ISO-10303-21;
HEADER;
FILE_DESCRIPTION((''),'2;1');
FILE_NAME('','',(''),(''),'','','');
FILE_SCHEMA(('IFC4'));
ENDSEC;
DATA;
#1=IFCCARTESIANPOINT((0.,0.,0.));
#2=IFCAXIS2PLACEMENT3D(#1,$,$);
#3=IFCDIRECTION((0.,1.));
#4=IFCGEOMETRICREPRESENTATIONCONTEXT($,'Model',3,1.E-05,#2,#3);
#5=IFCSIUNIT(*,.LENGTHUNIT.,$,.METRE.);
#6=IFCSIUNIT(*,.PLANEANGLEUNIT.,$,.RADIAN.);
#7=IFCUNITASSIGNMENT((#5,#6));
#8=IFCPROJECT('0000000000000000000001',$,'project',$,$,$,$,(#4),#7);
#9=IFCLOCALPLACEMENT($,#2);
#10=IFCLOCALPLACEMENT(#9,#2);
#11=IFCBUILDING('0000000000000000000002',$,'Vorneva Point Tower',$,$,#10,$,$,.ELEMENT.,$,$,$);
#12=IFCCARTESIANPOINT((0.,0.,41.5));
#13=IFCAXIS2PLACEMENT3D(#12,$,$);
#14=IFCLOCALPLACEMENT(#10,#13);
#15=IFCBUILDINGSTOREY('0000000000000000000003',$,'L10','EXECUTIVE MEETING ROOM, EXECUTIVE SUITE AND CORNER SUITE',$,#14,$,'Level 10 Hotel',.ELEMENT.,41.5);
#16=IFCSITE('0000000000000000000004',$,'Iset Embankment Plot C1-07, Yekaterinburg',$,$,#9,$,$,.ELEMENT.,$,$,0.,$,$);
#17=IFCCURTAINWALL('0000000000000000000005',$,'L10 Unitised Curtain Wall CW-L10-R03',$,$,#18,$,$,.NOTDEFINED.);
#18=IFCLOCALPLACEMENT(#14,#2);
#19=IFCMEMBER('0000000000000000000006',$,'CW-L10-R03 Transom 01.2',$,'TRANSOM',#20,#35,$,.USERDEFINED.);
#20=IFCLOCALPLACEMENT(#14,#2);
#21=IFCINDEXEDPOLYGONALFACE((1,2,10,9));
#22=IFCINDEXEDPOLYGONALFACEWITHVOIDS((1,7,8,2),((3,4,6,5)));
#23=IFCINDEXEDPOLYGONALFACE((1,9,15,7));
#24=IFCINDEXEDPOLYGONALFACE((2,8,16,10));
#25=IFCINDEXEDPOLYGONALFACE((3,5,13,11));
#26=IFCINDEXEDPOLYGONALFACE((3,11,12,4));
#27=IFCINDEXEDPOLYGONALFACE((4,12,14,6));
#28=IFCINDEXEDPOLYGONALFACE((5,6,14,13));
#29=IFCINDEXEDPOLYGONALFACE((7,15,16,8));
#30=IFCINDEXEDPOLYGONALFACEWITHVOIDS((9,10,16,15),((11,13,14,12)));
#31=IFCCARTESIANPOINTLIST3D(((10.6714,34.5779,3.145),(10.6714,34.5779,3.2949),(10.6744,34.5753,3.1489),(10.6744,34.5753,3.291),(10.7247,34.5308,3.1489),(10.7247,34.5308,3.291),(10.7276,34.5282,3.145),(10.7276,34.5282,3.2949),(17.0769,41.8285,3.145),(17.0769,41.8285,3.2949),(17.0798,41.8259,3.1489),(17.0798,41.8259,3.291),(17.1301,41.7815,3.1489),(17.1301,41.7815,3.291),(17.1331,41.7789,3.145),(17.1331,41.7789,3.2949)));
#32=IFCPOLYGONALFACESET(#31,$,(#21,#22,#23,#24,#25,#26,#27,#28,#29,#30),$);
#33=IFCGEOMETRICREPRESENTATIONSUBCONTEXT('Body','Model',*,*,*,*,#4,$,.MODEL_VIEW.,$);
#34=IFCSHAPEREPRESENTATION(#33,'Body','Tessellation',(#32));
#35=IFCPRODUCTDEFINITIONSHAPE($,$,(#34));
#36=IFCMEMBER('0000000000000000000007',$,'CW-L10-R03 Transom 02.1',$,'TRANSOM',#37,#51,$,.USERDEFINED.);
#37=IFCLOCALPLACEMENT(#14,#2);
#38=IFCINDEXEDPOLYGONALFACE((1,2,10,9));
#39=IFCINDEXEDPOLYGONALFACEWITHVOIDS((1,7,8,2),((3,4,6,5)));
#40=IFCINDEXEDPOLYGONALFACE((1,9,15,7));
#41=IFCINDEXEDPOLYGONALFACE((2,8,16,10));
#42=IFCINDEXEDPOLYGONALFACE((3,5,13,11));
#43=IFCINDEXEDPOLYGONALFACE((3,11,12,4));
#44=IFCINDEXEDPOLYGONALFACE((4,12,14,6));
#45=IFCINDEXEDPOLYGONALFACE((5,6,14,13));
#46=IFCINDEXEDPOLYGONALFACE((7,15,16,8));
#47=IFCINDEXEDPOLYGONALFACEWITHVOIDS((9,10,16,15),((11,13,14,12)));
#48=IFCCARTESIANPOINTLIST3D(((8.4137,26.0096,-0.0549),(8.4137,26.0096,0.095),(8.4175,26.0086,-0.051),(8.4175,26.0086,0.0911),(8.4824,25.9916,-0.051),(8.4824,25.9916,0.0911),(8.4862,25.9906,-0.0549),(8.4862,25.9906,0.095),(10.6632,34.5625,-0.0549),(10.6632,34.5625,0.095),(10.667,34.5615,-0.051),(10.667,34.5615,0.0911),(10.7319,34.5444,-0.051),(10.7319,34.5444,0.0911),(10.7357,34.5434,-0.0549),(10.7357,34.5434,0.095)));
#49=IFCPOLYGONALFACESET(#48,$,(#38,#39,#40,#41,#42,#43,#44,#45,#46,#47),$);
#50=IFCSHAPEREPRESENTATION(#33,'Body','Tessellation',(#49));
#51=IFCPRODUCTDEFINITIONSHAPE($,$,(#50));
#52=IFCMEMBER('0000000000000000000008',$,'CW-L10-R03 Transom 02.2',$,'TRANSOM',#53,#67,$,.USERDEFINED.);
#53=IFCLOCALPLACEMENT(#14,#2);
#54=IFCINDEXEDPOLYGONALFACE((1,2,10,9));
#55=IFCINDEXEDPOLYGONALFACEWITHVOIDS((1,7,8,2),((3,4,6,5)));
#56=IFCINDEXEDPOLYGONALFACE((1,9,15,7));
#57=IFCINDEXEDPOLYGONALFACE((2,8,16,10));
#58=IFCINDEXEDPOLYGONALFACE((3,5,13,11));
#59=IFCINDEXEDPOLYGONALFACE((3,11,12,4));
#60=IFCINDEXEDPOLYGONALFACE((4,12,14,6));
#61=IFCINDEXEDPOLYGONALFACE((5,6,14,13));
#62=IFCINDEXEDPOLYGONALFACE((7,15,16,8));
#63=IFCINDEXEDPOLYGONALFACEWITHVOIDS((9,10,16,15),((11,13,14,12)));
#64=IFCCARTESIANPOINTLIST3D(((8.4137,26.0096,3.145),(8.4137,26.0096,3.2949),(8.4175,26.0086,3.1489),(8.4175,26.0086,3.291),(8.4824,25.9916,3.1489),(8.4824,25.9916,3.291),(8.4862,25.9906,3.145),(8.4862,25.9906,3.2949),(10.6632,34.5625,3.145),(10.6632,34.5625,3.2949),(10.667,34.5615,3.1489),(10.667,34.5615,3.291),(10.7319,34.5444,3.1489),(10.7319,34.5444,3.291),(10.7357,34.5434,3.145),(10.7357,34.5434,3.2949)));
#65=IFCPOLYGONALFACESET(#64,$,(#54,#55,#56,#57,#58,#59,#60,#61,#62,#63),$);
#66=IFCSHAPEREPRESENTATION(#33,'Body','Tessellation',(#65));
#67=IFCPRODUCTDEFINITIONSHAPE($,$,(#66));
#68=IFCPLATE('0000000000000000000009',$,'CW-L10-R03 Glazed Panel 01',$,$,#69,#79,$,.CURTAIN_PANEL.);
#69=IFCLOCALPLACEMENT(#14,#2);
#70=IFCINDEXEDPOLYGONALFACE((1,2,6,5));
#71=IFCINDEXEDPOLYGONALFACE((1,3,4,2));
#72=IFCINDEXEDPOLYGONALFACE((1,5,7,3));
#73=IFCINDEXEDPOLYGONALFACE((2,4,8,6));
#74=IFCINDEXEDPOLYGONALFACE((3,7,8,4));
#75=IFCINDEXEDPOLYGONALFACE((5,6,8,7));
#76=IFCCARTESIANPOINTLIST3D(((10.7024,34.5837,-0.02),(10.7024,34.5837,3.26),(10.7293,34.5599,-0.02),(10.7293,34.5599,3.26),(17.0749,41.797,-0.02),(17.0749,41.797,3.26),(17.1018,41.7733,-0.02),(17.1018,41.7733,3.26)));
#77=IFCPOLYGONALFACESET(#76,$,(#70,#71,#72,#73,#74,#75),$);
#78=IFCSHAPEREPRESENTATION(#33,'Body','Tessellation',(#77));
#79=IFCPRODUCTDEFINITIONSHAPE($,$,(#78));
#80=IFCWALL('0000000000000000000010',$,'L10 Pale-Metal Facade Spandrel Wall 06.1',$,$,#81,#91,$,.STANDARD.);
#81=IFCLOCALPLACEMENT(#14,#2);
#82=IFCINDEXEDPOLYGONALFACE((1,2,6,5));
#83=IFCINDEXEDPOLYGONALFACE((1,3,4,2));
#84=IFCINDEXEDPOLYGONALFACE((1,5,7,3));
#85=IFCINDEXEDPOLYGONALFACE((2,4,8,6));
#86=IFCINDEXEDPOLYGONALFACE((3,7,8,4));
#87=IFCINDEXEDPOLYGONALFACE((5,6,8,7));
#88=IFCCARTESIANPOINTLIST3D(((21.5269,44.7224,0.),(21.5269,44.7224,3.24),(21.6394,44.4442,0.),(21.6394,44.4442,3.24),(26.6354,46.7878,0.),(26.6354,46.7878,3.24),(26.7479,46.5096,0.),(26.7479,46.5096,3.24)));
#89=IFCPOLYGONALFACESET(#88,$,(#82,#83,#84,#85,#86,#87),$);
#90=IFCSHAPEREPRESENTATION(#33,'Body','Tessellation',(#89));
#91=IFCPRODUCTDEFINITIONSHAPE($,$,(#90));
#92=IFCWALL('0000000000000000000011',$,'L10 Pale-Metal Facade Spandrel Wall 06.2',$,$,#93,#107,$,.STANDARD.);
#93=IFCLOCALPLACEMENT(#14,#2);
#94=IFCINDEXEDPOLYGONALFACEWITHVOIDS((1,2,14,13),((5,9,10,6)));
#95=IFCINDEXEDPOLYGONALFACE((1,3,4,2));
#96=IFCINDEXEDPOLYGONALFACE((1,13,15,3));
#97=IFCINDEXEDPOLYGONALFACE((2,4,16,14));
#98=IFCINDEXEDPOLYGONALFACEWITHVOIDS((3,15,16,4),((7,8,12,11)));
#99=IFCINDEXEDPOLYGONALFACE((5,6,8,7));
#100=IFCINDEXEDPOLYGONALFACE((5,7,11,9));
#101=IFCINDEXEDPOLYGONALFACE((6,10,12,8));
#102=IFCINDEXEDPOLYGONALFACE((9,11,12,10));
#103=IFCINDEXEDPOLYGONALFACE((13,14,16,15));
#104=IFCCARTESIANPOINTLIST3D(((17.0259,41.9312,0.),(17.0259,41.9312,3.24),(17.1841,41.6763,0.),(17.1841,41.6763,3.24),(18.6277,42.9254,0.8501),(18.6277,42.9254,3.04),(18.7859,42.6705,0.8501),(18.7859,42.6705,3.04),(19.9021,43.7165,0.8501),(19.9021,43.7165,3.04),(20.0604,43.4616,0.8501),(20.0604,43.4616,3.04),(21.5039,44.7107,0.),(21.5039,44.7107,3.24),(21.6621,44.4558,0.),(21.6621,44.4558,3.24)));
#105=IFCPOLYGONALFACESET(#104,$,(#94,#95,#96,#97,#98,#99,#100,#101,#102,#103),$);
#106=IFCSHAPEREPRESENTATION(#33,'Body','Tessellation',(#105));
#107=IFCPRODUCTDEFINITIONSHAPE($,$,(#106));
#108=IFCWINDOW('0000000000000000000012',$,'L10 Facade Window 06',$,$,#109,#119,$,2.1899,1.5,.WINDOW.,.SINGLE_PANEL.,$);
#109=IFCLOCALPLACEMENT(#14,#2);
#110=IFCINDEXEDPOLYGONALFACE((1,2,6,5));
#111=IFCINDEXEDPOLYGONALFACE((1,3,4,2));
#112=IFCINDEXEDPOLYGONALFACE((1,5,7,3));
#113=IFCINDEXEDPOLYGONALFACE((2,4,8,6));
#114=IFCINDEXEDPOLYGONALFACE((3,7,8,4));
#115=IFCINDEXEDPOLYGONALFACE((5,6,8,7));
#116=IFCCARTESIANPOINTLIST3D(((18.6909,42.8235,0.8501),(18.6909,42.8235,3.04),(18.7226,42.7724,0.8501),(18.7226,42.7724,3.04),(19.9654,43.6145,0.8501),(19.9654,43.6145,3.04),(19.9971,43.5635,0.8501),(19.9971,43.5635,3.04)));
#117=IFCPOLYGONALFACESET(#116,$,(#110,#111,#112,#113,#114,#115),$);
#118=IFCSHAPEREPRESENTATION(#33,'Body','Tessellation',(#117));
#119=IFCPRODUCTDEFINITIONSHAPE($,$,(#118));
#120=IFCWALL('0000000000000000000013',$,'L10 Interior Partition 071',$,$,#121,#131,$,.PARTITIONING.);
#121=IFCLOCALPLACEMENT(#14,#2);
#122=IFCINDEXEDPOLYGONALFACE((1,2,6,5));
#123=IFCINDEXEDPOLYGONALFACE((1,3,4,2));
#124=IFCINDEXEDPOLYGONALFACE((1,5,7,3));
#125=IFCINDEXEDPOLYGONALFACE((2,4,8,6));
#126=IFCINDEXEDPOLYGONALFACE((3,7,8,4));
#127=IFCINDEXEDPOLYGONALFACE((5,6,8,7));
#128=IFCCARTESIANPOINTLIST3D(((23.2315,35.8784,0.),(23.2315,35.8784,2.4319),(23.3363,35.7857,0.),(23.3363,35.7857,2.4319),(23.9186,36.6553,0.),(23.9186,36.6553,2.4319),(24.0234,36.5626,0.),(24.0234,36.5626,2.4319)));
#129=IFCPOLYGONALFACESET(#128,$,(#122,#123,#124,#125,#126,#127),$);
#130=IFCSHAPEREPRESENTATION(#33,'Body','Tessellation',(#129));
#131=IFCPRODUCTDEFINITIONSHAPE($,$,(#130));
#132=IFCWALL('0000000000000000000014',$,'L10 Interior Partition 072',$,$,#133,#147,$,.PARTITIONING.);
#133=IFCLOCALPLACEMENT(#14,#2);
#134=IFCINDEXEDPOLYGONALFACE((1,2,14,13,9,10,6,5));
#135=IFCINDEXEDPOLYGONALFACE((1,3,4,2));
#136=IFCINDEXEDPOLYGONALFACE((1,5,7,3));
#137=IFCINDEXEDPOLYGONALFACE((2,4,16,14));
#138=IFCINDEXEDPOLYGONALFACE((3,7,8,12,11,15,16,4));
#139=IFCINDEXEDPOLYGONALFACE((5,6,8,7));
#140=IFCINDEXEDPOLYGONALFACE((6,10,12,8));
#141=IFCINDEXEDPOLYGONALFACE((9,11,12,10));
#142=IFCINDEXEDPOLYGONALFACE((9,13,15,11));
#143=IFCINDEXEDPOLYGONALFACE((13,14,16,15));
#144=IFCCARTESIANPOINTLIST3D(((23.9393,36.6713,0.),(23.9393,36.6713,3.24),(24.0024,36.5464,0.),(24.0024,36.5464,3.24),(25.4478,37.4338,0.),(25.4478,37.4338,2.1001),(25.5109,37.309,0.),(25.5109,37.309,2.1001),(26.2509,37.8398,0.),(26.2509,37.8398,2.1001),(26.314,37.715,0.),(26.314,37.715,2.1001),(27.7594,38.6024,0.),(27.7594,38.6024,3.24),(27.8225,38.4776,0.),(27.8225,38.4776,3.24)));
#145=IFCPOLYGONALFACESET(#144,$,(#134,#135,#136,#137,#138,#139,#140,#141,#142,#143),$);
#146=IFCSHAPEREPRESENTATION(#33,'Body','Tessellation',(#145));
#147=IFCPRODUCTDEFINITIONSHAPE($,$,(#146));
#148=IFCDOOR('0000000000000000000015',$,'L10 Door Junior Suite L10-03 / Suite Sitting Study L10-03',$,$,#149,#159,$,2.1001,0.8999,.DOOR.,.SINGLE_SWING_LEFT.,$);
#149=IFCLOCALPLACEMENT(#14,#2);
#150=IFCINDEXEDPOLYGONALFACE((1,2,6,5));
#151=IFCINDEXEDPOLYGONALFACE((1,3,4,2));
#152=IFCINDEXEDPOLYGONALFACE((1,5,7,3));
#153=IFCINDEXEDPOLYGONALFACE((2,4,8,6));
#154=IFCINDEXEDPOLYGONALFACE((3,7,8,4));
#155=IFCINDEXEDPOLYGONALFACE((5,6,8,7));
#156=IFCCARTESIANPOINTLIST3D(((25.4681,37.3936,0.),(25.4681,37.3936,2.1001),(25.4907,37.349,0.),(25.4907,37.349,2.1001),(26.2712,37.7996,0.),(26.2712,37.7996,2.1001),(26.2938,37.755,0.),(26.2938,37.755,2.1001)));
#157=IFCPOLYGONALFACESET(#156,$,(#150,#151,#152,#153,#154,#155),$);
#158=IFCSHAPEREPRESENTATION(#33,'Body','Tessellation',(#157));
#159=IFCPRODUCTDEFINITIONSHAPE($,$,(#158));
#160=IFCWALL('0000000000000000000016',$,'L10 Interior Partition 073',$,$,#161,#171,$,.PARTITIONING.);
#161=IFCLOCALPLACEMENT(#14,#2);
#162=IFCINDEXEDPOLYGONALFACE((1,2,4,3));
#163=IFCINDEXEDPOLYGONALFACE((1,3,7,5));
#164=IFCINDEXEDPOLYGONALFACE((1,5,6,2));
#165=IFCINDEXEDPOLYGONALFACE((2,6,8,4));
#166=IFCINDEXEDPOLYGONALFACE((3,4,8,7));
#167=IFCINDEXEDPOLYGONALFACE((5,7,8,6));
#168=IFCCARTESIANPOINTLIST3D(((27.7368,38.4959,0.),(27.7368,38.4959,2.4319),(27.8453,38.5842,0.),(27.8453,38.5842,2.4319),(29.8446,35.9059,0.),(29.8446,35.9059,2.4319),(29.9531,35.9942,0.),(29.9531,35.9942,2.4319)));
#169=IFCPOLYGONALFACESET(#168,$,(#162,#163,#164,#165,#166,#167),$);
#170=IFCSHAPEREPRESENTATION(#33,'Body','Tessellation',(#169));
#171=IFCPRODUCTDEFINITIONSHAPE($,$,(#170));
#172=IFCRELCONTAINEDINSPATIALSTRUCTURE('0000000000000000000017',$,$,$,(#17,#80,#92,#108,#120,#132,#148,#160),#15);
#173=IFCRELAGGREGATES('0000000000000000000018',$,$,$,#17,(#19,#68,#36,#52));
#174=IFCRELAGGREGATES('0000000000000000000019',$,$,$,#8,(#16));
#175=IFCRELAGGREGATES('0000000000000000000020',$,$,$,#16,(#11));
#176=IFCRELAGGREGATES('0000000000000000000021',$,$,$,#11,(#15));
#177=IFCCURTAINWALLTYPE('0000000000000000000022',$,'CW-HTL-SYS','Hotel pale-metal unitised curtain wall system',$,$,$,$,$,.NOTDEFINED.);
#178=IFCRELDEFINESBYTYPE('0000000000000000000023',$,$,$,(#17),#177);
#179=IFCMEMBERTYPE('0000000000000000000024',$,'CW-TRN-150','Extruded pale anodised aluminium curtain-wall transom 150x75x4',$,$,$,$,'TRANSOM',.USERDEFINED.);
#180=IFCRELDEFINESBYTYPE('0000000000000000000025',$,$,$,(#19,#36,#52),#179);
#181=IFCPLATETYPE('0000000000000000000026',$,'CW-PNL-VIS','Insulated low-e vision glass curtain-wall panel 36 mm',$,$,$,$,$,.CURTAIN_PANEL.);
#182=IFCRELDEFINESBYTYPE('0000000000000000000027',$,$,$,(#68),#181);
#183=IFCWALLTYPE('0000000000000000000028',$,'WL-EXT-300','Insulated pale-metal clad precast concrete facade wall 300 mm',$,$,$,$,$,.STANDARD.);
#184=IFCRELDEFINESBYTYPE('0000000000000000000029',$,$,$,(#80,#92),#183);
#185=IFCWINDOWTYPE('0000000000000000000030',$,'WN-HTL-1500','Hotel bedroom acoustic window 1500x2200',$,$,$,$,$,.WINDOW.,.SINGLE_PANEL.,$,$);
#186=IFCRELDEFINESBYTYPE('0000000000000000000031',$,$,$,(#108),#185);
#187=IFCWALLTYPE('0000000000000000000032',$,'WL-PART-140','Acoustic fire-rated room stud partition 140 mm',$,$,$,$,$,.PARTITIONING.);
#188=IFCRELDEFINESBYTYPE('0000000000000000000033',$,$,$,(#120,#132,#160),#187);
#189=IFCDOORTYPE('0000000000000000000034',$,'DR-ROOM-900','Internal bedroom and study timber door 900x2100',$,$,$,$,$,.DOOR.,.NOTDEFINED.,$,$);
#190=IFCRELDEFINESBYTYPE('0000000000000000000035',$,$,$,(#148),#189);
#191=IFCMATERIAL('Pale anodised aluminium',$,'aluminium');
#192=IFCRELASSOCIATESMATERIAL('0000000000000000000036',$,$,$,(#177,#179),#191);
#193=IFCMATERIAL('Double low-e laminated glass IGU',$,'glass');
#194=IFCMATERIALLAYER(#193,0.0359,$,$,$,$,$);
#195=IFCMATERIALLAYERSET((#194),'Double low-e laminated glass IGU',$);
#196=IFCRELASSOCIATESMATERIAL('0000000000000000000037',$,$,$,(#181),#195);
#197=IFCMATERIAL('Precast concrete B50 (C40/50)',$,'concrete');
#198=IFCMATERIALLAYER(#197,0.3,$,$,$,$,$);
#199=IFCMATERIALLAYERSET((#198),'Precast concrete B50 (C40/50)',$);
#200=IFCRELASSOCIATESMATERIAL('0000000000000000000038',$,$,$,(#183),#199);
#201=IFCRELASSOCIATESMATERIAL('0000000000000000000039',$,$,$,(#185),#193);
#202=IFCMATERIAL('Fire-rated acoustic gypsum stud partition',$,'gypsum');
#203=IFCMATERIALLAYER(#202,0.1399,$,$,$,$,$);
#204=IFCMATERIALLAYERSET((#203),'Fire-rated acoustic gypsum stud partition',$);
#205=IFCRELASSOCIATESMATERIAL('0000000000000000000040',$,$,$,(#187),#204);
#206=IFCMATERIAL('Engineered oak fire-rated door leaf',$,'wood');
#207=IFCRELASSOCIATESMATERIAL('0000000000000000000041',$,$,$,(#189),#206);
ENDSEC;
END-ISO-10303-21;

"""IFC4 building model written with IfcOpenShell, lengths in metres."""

from ifc_helpers import new_model, si_unit, direction, frame, frame_2d, origin, origin_2d, place, context, subcontext, project, spatial, rectangle, hollow_rectangle, extrude, material, layer, layer_set, material_profile, profile_set, type_object, element, fill, aggregate, save


model = new_model("IFC4")

# Units and contexts
model_context = context("Model", 3, precision=1e-05, world=origin(), true_north=direction((0.0, 1.0)))
body_context = subcontext(model_context, "Body", "Model", "MODEL_VIEW")
ifc_project = project(units=[si_unit("LENGTHUNIT", "METRE"), si_unit("PLANEANGLEUNIT", "RADIAN")], contexts=[model_context])

# Site, building, storey
site_placement = place(None, origin())
site = spatial("IfcSite", under=ifc_project, at=site_placement, Name="Iset Embankment Plot C1-07, Yekaterinburg", CompositionType="ELEMENT", RefElevation=0.0)
building_placement = place(site_placement, origin())
building = spatial("IfcBuilding", under=site, at=building_placement, Name="Vorneva Point Tower", CompositionType="ELEMENT")
storey_placement = place(building_placement, frame((0.0, 0.0, 41.5)))
storey = spatial("IfcBuildingStorey", under=building, at=storey_placement, Name="L10", Description="EXECUTIVE MEETING ROOM, EXECUTIVE SUITE AND CORNER SUITE", LongName="Level 10 Hotel", CompositionType="ELEMENT", Elevation=41.5)

# Shared definitions
ifc_material_1 = material(Name="Pale anodised aluminium", Category="aluminium")
curtain_wall_type = type_object("IfcCurtainWallType", Name="CW-HTL-SYS", Description="Hotel pale-metal unitised curtain wall system", PredefinedType="NOTDEFINED", material=ifc_material_1)

# Curtain wall, members, plate
curtain_wall_1_placement = place(storey_placement, origin())
curtain_wall_1 = element("IfcCurtainWall", 1, at=curtain_wall_1_placement, inside=storey, type_object=curtain_wall_type, Name="L10 Unitised Curtain Wall CW-L10-R03", PredefinedType="NOTDEFINED")
ifc_material_profile_1 = material_profile(ifc_material_1, hollow_rectangle(XDim=0.075, YDim=0.1499, WallThickness=0.0039, at=origin_2d()), Name="AL-TRN 150x75x4")
ifc_profile_set_1 = profile_set([ifc_material_profile_1], Name="Pale anodised aluminium")
member_type_1 = type_object("IfcMemberType", Name="CW-TRN-150", Description="Extruded pale anodised aluminium curtain-wall transom 150x75x4", ElementType="TRANSOM", PredefinedType="USERDEFINED", material=ifc_profile_set_1)
member_1_placement = place(storey_placement, frame((17.105, 41.8037, 3.22), z_axis=(-0.662076, -0.749437, 0.0), x_axis=(0.749437, -0.662076, 0.0)))
member_1 = element("IfcMember", 2, at=member_1_placement, type_object=member_type_1, Name="CW-L10-R03 Transom 01.2", ObjectType="TRANSOM", PredefinedType="USERDEFINED", context=body_context, shape_type="SweptSolid", body=[
    extrude(hollow_rectangle(XDim=0.075, YDim=0.1499, WallThickness=0.0039, at=origin_2d()), origin(), (0.0, 0.0, 1.0), 9.6748),
])
member_2_placement = place(storey_placement, frame((10.6995, 34.553, 0.02), z_axis=(-0.254359, -0.96711, 0.0), x_axis=(0.96711, -0.254359, 0.0)))
member_2 = element("IfcMember", 3, at=member_2_placement, type_object=member_type_1, Name="CW-L10-R03 Transom 02.1", ObjectType="TRANSOM", PredefinedType="USERDEFINED", context=body_context, shape_type="SweptSolid", body=[
    extrude(hollow_rectangle(XDim=0.075, YDim=0.1499, WallThickness=0.0039, at=origin_2d()), origin(), (0.0, 0.0, 1.0), 8.8438),
])
member_3_placement = place(storey_placement, frame((10.6995, 34.553, 3.22), z_axis=(-0.254359, -0.96711, 0.0), x_axis=(0.96711, -0.254359, 0.0)))
member_3 = element("IfcMember", 4, at=member_3_placement, type_object=member_type_1, Name="CW-L10-R03 Transom 02.2", ObjectType="TRANSOM", PredefinedType="USERDEFINED", context=body_context, shape_type="SweptSolid", body=[
    extrude(hollow_rectangle(XDim=0.075, YDim=0.1499, WallThickness=0.0039, at=origin_2d()), origin(), (0.0, 0.0, 1.0), 8.8438),
])
ifc_material_2 = material(Name="Double low-e laminated glass IGU", Category="glass")
ifc_layer_1 = layer(ifc_material_2, 0.0359)
ifc_layer_set_1 = layer_set([ifc_layer_1], Name="Double low-e laminated glass IGU")
plate_type = type_object("IfcPlateType", Name="CW-PNL-VIS", Description="Insulated low-e vision glass curtain-wall panel 36 mm", PredefinedType="CURTAIN_PANEL", material=ifc_layer_set_1)
plate_placement = place(storey_placement, frame((13.9021, 38.1785, -0.02), z_axis=(0.0, 0.0, 1.0), x_axis=(-0.662071, -0.749441, 0.0)))
plate = element("IfcPlate", 5, at=plate_placement, type_object=plate_type, Name="CW-L10-R03 Glazed Panel 01", PredefinedType="CURTAIN_PANEL", context=body_context, shape_type="SweptSolid", body=[
    extrude(rectangle(XDim=9.625, YDim=0.0359, at=origin_2d()), origin(), (0.0, 0.0, 1.0), 3.28),
])
aggregate(curtain_wall_1, [member_1, plate, member_2, member_3])

# Wall
ifc_material_3 = material(Name="Precast concrete B50 (C40/50)", Category="concrete")
ifc_layer_2 = layer(ifc_material_3, 0.3)
ifc_layer_set_2 = layer_set([ifc_layer_2], Name="Precast concrete B50 (C40/50)")
wall_type_1 = type_object("IfcWallType", Name="WL-EXT-300", Description="Insulated pale-metal clad precast concrete facade wall 300 mm", PredefinedType="STANDARD", material=ifc_layer_set_2)
wall_1_placement = place(storey_placement, frame((26.6917, 46.6487, 0.0), z_axis=(0.0, 0.0, 1.0), x_axis=(-0.927095, -0.374826, 0.0)))
element("IfcWall", 6, at=wall_1_placement, inside=storey, type_object=wall_type_1, Name="L10 Pale-Metal Facade Spandrel Wall 06.1", PredefinedType="STANDARD", context=body_context, shape_type="SweptSolid", body=[
    extrude(rectangle(XDim=5.5103, YDim=0.3, at=frame_2d((2.7551, 0.0))), origin(), (0.0, 0.0, 1.0), 3.24),
])

# Wall, opening, window
wall_2_placement = place(storey_placement, frame((21.583, 44.5833, 0.0), z_axis=(0.0, 0.0, 1.0), x_axis=(-0.849634, -0.527373, 0.0)))
wall_2 = element("IfcWall", 7, at=wall_2_placement, inside=storey, type_object=wall_type_1, Name="L10 Pale-Metal Facade Spandrel Wall 06.2", PredefinedType="STANDARD", context=body_context, shape_type="SweptSolid", body=[
    extrude(rectangle(XDim=5.2705, YDim=0.3, at=frame_2d((2.6353, 0.0))), origin(), (0.0, 0.0, 1.0), 3.24),
])
opening_1_placement = place(wall_2_placement, frame((1.8853, 0.0, 0.8501)))
opening_1 = element("IfcOpeningElement", 8, at=opening_1_placement, cuts=wall_2, PredefinedType="OPENING", context=body_context, shape_type="SweptSolid", body=[
    extrude(rectangle(XDim=1.5, YDim=2.1899, at=frame_2d((0.75, 1.095))), frame((0.0, 0.165, 0.0), z_axis=(0.0, -1.0, 0.0), x_axis=(1.0, 0.0, 0.0)), (0.0, 0.0, 1.0), 0.3298),
])
window_type = type_object("IfcWindowType", Name="WN-HTL-1500", Description="Hotel bedroom acoustic window 1500x2200", PartitioningType="SINGLE_PANEL", PredefinedType="WINDOW", material=ifc_material_2)
window_placement = place(opening_1_placement, origin())
window = element("IfcWindow", 9, at=window_placement, inside=storey, type_object=window_type, Name="L10 Facade Window 06", OverallHeight=2.1899, OverallWidth=1.5, PartitioningType="SINGLE_PANEL", PredefinedType="WINDOW", context=body_context, shape_type="SweptSolid", body=[
    extrude(rectangle(XDim=1.5, YDim=2.1899, at=frame_2d((0.75, 1.095))), frame((0.0, 0.03, 0.0), z_axis=(0.0, -1.0, 0.0), x_axis=(1.0, 0.0, 0.0)), (0.0, 0.0, 1.0), 0.0601),
])
fill(opening_1, window)

# Wall
ifc_material_4 = material(Name="Fire-rated acoustic gypsum stud partition", Category="gypsum")
ifc_layer_3 = layer(ifc_material_4, 0.1399)
ifc_layer_set_3 = layer_set([ifc_layer_3], Name="Fire-rated acoustic gypsum stud partition")
wall_type_2 = type_object("IfcWallType", Name="WL-PART-140", Description="Acoustic fire-rated room stud partition 140 mm", PredefinedType="PARTITIONING", material=ifc_layer_set_3)
wall_3_placement = place(storey_placement, frame((23.2839, 35.832, 0.0), z_axis=(0.0, 0.0, 1.0), x_axis=(0.662462, 0.749095, 0.0)))
element("IfcWall", 10, at=wall_3_placement, inside=storey, type_object=wall_type_2, Name="L10 Interior Partition 071", PredefinedType="PARTITIONING", context=body_context, shape_type="SweptSolid", body=[
    extrude(rectangle(XDim=1.0371, YDim=0.1399, at=frame_2d((0.5186, 0.0))), origin(), (0.0, 0.0, 1.0), 2.4319),
])

# Wall, opening, door
wall_4_placement = place(storey_placement, frame((23.9709, 36.6089, 0.0), z_axis=(0.0, 0.0, 1.0), x_axis=(0.892445, 0.451156, 0.0)))
wall_4 = element("IfcWall", 11, at=wall_4_placement, inside=storey, type_object=wall_type_2, Name="L10 Interior Partition 072", PredefinedType="PARTITIONING", context=body_context, shape_type="SweptSolid", body=[
    extrude(rectangle(XDim=4.2805, YDim=0.1399, at=frame_2d((2.1401, 0.0))), origin(), (0.0, 0.0, 1.0), 3.24),
])
opening_2_placement = place(wall_4_placement, frame((1.6902, 0.0, 0.0)))
opening_2 = element("IfcOpeningElement", 12, at=opening_2_placement, cuts=wall_4, PredefinedType="OPENING", context=body_context, shape_type="SweptSolid", body=[
    extrude(rectangle(XDim=0.8999, YDim=2.1001, at=frame_2d((0.45, 1.05))), frame((0.0, 0.085, 0.0), z_axis=(0.0, -1.0, 0.0), x_axis=(1.0, 0.0, 0.0)), (0.0, 0.0, 1.0), 0.1697),
])
ifc_material_5 = material(Name="Engineered oak fire-rated door leaf", Category="wood")
door_type = type_object("IfcDoorType", Name="DR-ROOM-900", Description="Internal bedroom and study timber door 900x2100", OperationType="NOTDEFINED", PredefinedType="DOOR", material=ifc_material_5)
door_placement = place(opening_2_placement, origin())
door = element("IfcDoor", 13, at=door_placement, inside=storey, type_object=door_type, Name="L10 Door Junior Suite L10-03 / Suite Sitting Study L10-03", OperationType="SINGLE_SWING_LEFT", OverallHeight=2.1001, OverallWidth=0.8999, PredefinedType="DOOR", context=body_context, shape_type="SweptSolid", body=[
    extrude(rectangle(XDim=0.8999, YDim=2.1001, at=frame_2d((0.45, 1.05))), frame((0.0, 0.0249, 0.0), z_axis=(0.0, -1.0, 0.0), x_axis=(1.0, 0.0, 0.0)), (0.0, 0.0, 1.0), 0.05),
])
fill(opening_2, door)

# Wall
wall_5_placement = place(storey_placement, frame((27.791, 38.54, 0.0), z_axis=(0.0, 0.0, 1.0), x_axis=(0.631217, -0.775606, 0.0)))
element("IfcWall", 14, at=wall_5_placement, inside=storey, type_object=wall_type_2, Name="L10 Interior Partition 073", PredefinedType="PARTITIONING", context=body_context, shape_type="SweptSolid", body=[
    extrude(rectangle(XDim=3.3394, YDim=0.1399, at=frame_2d((1.6697, 0.0))), origin(), (0.0, 0.0, 1.0), 2.4319),
])

save(model, "model.ifc")
